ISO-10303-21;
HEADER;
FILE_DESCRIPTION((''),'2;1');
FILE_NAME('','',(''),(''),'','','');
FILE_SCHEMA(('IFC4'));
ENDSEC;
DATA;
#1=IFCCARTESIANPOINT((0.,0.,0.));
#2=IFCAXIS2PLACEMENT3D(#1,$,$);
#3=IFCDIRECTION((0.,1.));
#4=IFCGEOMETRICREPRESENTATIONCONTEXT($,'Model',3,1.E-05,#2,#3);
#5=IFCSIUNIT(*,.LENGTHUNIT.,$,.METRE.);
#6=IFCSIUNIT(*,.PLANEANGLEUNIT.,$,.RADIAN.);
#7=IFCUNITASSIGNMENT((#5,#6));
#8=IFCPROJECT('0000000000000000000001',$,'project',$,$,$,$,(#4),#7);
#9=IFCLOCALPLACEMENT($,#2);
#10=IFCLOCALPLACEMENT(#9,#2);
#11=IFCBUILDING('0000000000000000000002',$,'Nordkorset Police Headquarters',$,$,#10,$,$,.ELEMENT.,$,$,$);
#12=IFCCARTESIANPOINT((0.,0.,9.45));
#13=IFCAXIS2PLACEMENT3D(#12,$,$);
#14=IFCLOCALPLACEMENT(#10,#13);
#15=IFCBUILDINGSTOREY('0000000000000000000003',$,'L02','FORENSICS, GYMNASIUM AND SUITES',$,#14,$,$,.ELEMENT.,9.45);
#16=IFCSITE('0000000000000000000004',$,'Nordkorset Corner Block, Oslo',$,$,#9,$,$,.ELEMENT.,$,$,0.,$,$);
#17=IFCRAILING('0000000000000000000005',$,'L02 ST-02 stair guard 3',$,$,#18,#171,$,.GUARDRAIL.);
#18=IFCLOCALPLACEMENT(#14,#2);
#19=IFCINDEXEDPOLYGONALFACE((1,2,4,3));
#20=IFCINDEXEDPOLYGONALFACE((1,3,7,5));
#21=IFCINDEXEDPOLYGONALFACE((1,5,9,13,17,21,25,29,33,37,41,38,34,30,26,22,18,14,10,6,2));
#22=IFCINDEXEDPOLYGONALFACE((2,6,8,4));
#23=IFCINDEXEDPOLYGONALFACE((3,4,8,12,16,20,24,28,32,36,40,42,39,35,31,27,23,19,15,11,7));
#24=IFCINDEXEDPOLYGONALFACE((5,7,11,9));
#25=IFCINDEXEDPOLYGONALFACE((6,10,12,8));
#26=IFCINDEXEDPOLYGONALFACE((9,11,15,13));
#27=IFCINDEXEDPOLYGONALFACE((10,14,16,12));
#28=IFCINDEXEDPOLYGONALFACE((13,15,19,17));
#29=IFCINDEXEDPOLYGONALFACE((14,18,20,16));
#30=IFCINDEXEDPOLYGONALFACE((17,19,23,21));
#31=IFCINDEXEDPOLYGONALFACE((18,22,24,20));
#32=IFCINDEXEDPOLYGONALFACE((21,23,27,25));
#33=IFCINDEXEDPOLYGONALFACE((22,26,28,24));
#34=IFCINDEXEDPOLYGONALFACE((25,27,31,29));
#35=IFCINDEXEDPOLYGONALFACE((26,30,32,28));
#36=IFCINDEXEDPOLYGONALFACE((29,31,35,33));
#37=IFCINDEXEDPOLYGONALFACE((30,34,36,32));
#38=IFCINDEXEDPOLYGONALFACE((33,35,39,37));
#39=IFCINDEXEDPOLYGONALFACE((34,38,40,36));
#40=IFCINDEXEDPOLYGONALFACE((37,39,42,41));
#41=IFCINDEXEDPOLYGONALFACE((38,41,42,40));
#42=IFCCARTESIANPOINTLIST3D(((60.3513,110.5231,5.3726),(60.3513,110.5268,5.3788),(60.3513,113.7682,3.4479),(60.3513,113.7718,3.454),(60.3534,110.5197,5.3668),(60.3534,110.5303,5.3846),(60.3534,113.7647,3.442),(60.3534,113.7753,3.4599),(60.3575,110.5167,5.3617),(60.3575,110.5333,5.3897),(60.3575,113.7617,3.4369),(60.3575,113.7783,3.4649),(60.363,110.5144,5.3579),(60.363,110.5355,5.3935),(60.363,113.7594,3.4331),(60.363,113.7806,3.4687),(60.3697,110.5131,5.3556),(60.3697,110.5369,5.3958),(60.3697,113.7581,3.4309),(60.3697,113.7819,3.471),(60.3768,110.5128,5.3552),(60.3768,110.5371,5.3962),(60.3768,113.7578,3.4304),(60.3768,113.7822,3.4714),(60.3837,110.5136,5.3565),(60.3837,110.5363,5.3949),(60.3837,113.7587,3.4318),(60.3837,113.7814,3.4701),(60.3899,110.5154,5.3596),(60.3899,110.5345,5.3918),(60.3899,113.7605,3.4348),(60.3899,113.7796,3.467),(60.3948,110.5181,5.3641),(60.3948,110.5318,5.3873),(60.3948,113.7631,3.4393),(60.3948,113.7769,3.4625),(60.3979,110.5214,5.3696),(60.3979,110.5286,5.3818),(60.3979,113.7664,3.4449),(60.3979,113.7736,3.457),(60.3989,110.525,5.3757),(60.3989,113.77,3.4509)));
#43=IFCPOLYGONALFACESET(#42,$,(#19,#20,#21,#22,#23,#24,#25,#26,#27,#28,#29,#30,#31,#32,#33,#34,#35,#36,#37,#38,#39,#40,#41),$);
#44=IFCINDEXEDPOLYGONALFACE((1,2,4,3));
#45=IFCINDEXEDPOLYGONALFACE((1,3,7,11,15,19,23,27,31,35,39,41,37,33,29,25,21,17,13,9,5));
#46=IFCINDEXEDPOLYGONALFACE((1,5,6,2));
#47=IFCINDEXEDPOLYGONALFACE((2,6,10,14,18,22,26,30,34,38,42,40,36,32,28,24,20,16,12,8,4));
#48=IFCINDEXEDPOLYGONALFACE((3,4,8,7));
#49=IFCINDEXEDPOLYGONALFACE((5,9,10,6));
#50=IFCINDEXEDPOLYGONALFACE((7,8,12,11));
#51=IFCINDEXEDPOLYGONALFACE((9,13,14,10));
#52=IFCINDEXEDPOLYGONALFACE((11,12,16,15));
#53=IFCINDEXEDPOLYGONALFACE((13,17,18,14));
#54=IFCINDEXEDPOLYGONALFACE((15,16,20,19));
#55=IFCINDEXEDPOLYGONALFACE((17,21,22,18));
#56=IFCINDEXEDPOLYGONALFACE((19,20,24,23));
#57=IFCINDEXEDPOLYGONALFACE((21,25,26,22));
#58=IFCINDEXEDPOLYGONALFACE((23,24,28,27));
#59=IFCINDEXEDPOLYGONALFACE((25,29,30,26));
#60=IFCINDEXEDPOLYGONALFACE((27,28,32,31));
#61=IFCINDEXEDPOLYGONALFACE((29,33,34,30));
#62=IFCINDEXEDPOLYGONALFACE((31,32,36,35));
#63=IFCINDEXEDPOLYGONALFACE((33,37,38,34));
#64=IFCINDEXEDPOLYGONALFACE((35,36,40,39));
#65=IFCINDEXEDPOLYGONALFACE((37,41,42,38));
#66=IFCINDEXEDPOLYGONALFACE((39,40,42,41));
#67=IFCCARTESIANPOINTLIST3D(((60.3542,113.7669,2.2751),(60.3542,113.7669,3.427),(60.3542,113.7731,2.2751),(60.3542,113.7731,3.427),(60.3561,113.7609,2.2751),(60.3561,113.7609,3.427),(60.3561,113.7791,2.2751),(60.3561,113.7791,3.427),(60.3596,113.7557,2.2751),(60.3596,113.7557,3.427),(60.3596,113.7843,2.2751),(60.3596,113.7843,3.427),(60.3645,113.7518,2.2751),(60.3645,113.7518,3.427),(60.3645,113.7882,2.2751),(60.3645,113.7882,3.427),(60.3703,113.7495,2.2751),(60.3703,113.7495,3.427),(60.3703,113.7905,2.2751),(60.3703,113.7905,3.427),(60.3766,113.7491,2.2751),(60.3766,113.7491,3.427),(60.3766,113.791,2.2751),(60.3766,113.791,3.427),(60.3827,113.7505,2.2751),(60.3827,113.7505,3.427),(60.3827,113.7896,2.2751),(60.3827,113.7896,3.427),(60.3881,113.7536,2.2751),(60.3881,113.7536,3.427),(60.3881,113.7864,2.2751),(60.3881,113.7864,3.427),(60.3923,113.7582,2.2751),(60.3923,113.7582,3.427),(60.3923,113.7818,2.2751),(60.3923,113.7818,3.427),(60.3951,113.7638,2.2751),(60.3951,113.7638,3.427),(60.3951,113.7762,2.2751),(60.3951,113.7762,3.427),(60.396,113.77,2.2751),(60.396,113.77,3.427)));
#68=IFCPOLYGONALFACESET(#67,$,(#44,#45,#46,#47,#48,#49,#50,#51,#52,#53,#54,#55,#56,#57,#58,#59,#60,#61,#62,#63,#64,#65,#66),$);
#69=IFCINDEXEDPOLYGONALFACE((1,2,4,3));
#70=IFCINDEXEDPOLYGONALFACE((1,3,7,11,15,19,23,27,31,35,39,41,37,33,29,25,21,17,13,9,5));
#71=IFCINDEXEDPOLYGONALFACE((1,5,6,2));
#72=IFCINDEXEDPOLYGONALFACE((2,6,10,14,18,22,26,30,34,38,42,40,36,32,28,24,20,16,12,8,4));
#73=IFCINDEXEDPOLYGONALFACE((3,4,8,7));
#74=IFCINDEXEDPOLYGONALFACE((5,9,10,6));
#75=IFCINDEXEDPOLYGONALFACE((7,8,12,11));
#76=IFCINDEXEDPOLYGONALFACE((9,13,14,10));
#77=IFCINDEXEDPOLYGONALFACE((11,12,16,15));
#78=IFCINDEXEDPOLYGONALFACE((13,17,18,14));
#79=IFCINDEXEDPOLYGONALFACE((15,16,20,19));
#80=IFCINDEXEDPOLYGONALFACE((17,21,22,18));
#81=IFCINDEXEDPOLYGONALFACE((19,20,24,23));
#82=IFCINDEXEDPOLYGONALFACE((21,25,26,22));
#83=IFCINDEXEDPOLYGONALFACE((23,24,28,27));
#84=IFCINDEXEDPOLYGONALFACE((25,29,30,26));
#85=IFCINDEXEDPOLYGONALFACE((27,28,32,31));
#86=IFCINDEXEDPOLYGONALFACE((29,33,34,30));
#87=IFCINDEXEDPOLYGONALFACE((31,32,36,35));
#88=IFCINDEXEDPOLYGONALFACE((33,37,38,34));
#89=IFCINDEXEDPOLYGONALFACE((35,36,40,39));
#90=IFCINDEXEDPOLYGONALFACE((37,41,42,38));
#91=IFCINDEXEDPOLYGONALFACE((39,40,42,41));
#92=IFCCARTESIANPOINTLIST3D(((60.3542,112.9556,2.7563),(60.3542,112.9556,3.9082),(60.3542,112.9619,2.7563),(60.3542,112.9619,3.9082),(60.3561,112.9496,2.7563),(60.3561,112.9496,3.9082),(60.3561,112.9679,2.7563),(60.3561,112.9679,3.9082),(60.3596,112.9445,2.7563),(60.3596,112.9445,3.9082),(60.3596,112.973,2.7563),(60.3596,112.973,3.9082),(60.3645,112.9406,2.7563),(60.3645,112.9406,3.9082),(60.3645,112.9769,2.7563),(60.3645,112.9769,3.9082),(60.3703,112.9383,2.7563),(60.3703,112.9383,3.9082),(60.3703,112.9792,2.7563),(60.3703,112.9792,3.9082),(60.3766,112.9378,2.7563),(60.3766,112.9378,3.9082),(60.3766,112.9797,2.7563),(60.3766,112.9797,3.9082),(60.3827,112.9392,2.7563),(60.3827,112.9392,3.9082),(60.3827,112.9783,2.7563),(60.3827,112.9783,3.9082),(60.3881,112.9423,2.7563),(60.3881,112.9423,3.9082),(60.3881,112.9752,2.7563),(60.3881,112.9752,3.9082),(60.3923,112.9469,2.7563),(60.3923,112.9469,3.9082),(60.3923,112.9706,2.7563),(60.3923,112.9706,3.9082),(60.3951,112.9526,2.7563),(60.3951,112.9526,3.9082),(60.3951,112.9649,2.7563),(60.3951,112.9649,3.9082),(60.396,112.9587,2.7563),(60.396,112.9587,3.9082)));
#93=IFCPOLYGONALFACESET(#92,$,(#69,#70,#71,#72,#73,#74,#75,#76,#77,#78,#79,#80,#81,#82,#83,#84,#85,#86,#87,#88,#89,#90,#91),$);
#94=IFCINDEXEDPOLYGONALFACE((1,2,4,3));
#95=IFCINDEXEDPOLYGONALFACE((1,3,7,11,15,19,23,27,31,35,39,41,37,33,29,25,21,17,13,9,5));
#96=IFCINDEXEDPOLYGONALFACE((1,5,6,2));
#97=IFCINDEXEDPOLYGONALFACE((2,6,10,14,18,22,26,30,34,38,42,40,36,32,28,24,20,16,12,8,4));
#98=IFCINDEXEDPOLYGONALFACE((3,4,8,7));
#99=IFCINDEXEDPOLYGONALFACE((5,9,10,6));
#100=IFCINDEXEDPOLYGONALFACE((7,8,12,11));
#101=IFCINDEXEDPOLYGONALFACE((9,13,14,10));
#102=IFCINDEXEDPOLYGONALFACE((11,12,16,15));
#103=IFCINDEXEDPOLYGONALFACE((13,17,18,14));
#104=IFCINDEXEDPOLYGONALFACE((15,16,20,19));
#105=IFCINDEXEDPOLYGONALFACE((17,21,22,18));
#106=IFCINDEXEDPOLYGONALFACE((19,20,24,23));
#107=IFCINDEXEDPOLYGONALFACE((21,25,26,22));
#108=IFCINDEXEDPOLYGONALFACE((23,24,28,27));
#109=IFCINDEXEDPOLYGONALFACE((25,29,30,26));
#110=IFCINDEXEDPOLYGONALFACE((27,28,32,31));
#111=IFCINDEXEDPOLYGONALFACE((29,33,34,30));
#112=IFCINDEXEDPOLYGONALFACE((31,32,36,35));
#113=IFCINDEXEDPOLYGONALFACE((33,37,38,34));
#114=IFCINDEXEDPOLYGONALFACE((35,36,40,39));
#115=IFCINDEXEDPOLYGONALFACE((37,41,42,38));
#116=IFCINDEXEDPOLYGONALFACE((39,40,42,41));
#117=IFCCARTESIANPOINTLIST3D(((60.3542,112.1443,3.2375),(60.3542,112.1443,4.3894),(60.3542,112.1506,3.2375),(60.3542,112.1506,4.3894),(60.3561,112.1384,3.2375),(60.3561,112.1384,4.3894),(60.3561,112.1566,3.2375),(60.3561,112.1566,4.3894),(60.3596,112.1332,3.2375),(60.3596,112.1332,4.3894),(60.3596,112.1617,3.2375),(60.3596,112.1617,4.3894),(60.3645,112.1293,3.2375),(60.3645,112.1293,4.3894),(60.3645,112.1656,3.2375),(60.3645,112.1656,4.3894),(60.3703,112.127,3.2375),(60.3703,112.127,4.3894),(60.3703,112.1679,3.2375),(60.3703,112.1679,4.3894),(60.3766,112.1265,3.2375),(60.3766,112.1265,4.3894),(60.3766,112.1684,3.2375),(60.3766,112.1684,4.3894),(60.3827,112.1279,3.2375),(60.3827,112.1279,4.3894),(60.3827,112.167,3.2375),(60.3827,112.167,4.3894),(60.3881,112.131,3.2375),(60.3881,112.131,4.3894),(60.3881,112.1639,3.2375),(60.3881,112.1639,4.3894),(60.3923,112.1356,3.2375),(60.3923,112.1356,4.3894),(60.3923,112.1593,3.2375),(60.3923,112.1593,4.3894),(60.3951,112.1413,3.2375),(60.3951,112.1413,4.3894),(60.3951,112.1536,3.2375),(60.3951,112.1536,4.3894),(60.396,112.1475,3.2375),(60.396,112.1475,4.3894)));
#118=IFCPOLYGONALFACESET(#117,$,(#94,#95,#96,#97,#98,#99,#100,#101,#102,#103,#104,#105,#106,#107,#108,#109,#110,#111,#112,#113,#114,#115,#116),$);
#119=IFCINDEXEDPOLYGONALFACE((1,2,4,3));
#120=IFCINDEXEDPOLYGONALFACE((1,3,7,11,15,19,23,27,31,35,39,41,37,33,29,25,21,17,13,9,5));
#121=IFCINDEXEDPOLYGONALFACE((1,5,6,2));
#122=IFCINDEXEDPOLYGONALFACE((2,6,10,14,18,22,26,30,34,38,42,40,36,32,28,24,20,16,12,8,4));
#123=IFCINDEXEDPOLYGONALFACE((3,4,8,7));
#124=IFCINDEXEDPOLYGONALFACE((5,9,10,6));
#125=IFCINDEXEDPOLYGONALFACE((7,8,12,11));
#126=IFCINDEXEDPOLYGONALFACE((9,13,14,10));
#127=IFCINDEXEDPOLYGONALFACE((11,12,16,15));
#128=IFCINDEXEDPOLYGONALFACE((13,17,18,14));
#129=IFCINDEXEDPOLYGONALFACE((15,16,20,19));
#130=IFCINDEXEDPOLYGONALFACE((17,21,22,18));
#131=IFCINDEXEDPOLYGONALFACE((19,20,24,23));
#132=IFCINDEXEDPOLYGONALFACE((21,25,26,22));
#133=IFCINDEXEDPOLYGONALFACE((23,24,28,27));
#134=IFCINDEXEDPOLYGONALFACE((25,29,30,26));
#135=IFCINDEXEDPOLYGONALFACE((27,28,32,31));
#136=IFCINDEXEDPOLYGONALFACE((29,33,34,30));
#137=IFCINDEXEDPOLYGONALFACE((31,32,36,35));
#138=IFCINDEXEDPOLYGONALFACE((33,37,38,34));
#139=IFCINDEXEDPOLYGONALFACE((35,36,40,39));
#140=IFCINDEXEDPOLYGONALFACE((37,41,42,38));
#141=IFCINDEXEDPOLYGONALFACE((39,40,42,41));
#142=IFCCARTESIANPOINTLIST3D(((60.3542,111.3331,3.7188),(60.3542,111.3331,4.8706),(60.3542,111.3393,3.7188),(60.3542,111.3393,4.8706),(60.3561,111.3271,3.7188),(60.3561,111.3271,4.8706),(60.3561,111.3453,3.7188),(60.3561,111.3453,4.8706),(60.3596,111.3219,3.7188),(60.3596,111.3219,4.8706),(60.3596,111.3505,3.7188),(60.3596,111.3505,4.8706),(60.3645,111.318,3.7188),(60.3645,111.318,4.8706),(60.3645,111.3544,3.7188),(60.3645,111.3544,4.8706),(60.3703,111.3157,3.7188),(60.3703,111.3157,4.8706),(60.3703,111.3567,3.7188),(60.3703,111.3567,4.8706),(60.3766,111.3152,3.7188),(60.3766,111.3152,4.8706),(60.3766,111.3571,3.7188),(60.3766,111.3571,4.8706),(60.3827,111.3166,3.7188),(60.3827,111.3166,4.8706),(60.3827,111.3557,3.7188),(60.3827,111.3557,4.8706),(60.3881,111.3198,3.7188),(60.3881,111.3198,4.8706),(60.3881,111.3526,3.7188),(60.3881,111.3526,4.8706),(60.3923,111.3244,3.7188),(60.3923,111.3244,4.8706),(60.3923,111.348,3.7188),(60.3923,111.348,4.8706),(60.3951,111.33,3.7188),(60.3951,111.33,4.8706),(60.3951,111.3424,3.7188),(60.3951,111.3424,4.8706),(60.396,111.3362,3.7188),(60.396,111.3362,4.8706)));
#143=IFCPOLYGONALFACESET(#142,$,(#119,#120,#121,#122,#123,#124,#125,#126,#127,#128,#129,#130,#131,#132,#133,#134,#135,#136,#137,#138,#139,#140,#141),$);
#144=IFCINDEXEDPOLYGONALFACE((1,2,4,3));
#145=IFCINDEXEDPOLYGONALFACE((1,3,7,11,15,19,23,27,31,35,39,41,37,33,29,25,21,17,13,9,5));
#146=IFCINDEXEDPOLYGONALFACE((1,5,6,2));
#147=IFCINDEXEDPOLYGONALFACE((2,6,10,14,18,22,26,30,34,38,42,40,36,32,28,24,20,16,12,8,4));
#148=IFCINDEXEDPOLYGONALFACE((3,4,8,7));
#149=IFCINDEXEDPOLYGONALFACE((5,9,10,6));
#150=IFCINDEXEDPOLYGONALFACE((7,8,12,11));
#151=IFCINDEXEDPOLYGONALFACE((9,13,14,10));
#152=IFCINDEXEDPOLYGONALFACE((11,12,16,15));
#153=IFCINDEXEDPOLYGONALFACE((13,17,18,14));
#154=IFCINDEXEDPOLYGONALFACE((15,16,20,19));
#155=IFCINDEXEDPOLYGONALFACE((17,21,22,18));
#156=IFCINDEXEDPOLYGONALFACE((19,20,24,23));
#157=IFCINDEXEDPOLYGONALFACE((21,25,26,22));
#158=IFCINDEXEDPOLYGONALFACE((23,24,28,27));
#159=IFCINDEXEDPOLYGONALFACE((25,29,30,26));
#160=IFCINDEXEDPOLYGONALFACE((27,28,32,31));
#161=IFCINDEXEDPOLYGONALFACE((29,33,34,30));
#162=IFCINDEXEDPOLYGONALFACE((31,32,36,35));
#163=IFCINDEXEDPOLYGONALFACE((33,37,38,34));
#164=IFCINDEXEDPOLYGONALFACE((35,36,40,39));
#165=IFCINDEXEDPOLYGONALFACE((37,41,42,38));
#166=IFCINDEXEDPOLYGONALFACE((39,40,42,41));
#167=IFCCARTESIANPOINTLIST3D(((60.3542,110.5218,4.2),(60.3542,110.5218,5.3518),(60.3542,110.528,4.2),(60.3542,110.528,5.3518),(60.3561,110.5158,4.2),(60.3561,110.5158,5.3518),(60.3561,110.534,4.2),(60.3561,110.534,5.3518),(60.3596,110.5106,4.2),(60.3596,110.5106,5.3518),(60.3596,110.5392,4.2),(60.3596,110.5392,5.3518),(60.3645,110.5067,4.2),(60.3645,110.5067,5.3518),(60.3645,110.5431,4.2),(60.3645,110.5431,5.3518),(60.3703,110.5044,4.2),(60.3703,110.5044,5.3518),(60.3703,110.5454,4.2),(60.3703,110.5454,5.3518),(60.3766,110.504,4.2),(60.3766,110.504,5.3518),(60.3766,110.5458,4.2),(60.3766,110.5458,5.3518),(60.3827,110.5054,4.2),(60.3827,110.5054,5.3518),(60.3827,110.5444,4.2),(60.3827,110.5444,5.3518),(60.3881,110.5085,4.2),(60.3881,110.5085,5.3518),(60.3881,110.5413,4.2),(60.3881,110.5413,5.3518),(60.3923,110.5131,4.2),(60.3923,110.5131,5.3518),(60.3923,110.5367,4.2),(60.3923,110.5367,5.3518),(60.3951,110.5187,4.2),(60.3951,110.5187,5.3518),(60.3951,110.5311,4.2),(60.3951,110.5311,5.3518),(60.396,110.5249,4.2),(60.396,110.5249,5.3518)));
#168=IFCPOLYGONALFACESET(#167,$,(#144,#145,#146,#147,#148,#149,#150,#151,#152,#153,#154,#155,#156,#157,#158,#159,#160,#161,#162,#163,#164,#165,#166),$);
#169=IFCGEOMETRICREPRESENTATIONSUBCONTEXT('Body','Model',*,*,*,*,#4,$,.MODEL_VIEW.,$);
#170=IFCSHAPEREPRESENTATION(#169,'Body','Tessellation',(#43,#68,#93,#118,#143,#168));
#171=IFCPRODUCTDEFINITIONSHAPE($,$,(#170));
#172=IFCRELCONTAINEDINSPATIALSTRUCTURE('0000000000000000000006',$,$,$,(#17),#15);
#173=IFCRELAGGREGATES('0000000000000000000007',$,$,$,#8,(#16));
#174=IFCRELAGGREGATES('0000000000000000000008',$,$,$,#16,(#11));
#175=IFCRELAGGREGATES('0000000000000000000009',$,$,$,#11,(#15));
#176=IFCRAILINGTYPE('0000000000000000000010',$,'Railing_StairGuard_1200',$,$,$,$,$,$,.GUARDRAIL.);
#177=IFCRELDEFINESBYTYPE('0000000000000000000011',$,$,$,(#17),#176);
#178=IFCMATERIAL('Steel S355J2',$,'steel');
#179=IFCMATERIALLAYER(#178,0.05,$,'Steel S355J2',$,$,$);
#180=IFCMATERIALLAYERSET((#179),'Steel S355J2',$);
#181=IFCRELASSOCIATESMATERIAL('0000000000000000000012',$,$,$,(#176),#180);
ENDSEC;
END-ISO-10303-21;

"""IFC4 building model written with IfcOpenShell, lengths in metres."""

from ifc_helpers import new_model, si_unit, direction, frame, origin, origin_2d, place, context, subcontext, project, spatial, circle, extrude, material, layer, layer_set, type_object, element, save


model = new_model("IFC4")

# Units and contexts
model_context = context("Model", 3, precision=1e-05, world=origin(), true_north=direction((0.0, 1.0)))
body_context = subcontext(model_context, "Body", "Model", "MODEL_VIEW")
ifc_project = project(units=[si_unit("LENGTHUNIT", "METRE"), si_unit("PLANEANGLEUNIT", "RADIAN")], contexts=[model_context])

# Site, building, storey
site_placement = place(None, origin())
site = spatial("IfcSite", under=ifc_project, at=site_placement, Name="Nordkorset Corner Block, Oslo", CompositionType="ELEMENT", RefElevation=0.0)
building_placement = place(site_placement, origin())
building = spatial("IfcBuilding", under=site, at=building_placement, Name="Nordkorset Police Headquarters", CompositionType="ELEMENT")
storey_placement = place(building_placement, frame((0.0, 0.0, 9.45)))
storey = spatial("IfcBuildingStorey", under=building, at=storey_placement, Name="L02", Description="FORENSICS, GYMNASIUM AND SUITES", CompositionType="ELEMENT", Elevation=9.45)

# Railing
ifc_material_1 = material(Name="Steel S355J2", Category="steel")
ifc_layer_1 = layer(ifc_material_1, 0.05, Name="Steel S355J2")
ifc_layer_set_1 = layer_set([ifc_layer_1], Name="Steel S355J2")
railing_type_1 = type_object("IfcRailingType", Name="Railing_StairGuard_1200", PredefinedType="GUARDRAIL", material=ifc_layer_set_1)
railing_1_placement = place(storey_placement, frame((60.375, 113.77, 2.2751)))
element("IfcRailing", 1, at=railing_1_placement, inside=storey, type_object=railing_type_1, Name="L02 ST-02 stair guard 3", PredefinedType="GUARDRAIL", context=body_context, shape_type="SweptSolid", body=[
    extrude(circle(Radius=0.0239, at=origin_2d()), frame((0.0, 0.0, 1.1758), z_axis=(0.0, -0.860085, 0.51015), x_axis=(1.0, 0.0, 0.0)), (0.0, 0.0, 1.0), 3.7729),
    extrude(circle(Radius=0.021, at=origin_2d()), origin(), (0.0, 0.0, 1.0), 1.1519),
    extrude(circle(Radius=0.021, at=origin_2d()), frame((0.0, -0.8113, 0.4812)), (0.0, 0.0, 1.0), 1.1519),
    extrude(circle(Radius=0.021, at=origin_2d()), frame((0.0, -1.6226, 0.9624)), (0.0, 0.0, 1.0), 1.1519),
    extrude(circle(Radius=0.021, at=origin_2d()), frame((0.0, -2.4338, 1.4436)), (0.0, 0.0, 1.0), 1.1519),
    extrude(circle(Radius=0.021, at=origin_2d()), frame((0.0, -3.2451, 1.9248)), (0.0, 0.0, 1.0), 1.1519),
])

save(model, "model.ifc")
